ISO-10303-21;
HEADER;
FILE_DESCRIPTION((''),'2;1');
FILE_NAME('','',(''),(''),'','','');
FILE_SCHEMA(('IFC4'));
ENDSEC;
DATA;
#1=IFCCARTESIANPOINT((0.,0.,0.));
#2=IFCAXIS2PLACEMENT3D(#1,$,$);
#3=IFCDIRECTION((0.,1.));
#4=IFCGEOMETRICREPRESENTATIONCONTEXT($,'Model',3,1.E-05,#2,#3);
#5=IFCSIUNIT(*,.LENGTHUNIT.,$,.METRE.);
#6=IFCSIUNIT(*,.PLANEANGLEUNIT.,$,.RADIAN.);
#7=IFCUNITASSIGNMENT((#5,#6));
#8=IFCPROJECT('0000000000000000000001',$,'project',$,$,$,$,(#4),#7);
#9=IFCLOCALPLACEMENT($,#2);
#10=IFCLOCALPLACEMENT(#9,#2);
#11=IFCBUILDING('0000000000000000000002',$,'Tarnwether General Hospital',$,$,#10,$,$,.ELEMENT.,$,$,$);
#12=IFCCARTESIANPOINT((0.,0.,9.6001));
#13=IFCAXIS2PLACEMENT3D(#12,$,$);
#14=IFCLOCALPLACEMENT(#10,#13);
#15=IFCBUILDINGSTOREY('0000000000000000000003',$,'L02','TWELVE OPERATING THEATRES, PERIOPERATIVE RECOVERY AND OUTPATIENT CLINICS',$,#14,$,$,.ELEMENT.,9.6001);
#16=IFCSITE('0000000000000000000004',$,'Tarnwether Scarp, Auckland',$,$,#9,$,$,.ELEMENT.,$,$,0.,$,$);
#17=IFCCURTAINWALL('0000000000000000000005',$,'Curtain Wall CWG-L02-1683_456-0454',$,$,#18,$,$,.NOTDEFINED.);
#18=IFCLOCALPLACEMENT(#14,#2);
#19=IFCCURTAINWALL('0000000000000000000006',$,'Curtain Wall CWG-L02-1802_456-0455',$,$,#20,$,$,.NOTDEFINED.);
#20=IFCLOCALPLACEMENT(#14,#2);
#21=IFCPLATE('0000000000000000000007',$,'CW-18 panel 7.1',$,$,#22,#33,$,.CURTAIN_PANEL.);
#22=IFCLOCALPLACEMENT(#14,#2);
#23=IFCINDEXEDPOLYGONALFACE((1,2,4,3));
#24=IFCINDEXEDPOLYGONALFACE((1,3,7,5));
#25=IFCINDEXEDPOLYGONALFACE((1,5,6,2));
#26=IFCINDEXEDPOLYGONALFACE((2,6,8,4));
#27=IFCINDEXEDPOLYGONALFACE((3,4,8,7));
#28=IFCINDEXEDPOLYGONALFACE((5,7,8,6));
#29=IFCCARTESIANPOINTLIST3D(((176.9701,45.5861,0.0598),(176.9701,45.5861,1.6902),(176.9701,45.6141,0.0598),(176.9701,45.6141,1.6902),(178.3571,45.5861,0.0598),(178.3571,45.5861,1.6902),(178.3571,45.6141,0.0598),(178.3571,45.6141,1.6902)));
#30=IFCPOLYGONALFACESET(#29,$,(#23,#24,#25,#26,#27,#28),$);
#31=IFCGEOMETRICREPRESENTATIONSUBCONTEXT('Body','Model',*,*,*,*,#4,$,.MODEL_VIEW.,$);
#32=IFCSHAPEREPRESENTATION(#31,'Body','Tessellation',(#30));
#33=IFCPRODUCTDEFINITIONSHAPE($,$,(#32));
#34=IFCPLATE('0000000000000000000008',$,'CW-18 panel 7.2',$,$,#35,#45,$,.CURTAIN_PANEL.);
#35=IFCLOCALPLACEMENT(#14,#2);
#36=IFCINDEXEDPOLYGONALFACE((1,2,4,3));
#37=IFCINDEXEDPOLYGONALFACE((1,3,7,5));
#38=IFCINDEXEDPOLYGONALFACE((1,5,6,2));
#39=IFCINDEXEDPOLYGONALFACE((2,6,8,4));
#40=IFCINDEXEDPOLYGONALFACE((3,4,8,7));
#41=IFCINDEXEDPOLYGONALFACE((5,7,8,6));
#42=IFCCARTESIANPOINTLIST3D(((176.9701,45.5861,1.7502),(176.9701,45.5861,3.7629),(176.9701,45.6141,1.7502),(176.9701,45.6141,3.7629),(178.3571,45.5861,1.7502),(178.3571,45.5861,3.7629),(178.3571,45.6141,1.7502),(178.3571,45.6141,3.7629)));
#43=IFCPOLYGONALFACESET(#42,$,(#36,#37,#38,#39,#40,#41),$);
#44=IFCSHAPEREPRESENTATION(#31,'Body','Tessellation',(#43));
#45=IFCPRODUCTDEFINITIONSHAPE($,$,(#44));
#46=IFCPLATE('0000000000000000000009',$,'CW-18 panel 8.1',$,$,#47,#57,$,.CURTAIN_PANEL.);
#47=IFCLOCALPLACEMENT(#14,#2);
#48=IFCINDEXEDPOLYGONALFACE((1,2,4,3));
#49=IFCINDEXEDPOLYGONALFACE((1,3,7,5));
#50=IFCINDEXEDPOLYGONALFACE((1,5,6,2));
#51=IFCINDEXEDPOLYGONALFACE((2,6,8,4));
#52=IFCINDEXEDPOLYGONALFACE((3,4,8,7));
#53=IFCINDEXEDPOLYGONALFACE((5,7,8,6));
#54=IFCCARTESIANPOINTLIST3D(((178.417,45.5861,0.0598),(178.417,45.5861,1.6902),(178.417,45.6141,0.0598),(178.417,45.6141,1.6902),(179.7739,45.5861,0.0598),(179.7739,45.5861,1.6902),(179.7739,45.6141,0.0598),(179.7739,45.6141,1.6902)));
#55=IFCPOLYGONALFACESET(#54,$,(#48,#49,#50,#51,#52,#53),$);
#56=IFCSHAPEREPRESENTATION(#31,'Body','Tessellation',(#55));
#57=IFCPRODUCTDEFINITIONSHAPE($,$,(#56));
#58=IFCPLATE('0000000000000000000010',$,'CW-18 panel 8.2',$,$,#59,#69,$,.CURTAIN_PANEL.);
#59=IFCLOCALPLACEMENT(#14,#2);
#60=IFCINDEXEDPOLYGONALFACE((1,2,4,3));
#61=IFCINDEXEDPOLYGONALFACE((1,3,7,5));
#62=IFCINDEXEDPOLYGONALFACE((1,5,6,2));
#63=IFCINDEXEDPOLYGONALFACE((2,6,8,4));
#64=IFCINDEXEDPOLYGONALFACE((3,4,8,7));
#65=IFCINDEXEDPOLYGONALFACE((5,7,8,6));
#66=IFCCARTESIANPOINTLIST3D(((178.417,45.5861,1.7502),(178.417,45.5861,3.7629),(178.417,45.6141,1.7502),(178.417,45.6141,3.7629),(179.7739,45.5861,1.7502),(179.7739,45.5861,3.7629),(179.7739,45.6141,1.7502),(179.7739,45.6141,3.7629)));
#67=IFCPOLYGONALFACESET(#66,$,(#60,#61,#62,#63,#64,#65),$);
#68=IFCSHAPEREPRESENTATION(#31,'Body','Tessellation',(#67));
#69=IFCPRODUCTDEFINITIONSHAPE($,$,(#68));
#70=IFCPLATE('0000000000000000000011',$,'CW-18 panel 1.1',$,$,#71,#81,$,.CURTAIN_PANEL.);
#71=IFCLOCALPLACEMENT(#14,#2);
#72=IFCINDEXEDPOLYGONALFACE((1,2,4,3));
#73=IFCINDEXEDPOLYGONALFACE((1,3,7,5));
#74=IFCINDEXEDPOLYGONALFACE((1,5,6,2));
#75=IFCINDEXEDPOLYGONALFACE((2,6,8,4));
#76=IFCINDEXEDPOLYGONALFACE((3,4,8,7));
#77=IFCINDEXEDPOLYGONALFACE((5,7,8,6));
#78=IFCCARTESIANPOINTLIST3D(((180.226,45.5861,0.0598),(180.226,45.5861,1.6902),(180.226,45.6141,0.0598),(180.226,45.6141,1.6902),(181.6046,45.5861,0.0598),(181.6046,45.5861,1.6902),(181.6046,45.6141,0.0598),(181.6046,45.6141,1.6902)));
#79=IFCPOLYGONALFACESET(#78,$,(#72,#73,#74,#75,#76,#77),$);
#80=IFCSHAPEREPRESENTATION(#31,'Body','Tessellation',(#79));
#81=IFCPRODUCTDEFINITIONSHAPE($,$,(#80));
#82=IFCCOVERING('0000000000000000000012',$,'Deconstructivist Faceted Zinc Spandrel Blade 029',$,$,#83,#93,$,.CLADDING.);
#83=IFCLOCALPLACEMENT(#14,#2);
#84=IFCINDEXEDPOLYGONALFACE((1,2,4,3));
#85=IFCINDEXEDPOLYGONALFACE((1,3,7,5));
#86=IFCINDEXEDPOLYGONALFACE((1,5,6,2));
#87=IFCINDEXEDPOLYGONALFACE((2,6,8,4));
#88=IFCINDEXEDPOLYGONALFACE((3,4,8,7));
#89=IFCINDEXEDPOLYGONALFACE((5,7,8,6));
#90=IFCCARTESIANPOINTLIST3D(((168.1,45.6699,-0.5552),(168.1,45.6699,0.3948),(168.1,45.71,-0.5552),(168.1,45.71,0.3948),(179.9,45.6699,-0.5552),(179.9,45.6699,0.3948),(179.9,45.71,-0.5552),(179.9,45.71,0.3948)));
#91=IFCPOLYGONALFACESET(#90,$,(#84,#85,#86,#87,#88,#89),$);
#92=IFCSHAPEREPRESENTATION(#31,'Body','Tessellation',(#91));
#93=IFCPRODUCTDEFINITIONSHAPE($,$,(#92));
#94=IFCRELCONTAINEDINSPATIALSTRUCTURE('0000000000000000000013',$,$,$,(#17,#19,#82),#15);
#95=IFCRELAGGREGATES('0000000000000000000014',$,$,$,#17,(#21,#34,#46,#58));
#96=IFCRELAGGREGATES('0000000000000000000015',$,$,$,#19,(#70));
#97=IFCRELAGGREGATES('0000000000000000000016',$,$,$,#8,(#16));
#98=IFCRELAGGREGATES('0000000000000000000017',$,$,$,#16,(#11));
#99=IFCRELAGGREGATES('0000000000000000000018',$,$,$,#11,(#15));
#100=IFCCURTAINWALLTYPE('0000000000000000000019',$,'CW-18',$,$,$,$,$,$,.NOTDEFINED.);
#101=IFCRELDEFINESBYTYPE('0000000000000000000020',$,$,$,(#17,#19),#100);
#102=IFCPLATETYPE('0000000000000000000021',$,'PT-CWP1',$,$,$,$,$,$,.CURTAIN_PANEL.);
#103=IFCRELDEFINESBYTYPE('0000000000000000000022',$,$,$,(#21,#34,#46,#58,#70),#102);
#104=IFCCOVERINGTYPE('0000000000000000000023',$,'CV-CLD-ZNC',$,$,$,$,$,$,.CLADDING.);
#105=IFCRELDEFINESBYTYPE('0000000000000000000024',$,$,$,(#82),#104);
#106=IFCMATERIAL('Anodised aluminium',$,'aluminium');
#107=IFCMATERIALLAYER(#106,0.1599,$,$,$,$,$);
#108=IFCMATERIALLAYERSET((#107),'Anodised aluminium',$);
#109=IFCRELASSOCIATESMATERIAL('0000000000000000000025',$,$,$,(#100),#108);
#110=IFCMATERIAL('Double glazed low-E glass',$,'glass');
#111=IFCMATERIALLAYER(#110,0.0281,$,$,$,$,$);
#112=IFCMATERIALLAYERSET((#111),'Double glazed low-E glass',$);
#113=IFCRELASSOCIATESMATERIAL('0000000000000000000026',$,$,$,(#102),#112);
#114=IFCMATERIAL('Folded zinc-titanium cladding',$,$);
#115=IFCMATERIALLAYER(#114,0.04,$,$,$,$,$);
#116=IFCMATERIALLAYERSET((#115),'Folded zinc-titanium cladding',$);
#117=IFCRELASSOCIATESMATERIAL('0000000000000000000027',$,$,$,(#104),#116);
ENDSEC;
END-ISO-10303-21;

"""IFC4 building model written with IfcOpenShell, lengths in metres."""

from ifc_helpers import new_model, si_unit, direction, frame, origin, origin_2d, place, context, subcontext, project, spatial, rectangle, extrude, material, layer, layer_set, type_object, element, aggregate, save


model = new_model("IFC4")

# Units and contexts
model_context = context("Model", 3, precision=1e-05, world=origin(), true_north=direction((0.0, 1.0)))
body_context = subcontext(model_context, "Body", "Model", "MODEL_VIEW")
ifc_project = project(units=[si_unit("LENGTHUNIT", "METRE"), si_unit("PLANEANGLEUNIT", "RADIAN")], contexts=[model_context])

# Site, building, storey
site_placement = place(None, origin())
site = spatial("IfcSite", under=ifc_project, at=site_placement, Name="Tarnwether Scarp, Auckland", CompositionType="ELEMENT", RefElevation=0.0)
building_placement = place(site_placement, origin())
building = spatial("IfcBuilding", under=site, at=building_placement, Name="Tarnwether General Hospital", CompositionType="ELEMENT")
storey_placement = place(building_placement, frame((0.0, 0.0, 9.6001)))
storey = spatial("IfcBuildingStorey", under=building, at=storey_placement, Name="L02", Description="TWELVE OPERATING THEATRES, PERIOPERATIVE RECOVERY AND OUTPATIENT CLINICS", CompositionType="ELEMENT", Elevation=9.6001)

# Curtain wall
ifc_material_1 = material(Name="Anodised aluminium", Category="aluminium")
ifc_layer_1 = layer(ifc_material_1, 0.1599)
ifc_layer_set_1 = layer_set([ifc_layer_1], Name="Anodised aluminium")
curtain_wall_type = type_object("IfcCurtainWallType", Name="CW-18", PredefinedType="NOTDEFINED", material=ifc_layer_set_1)
curtain_wall_1_placement = place(storey_placement, origin())
curtain_wall_1 = element("IfcCurtainWall", 1, at=curtain_wall_1_placement, inside=storey, type_object=curtain_wall_type, Name="Curtain Wall CWG-L02-1683_456-0454", PredefinedType="NOTDEFINED")

# Curtain wall
curtain_wall_2_placement = place(storey_placement, origin())
curtain_wall_2 = element("IfcCurtainWall", 2, at=curtain_wall_2_placement, inside=storey, type_object=curtain_wall_type, Name="Curtain Wall CWG-L02-1802_456-0455", PredefinedType="NOTDEFINED")

# Plates
ifc_material_2 = material(Name="Double glazed low-E glass", Category="glass")
ifc_layer_2 = layer(ifc_material_2, 0.0281)
ifc_layer_set_2 = layer_set([ifc_layer_2], Name="Double glazed low-E glass")
plate_type = type_object("IfcPlateType", Name="PT-CWP1", PredefinedType="CURTAIN_PANEL", material=ifc_layer_set_2)
plate_1_placement = place(storey_placement, frame((177.6636, 45.6001, 0.0598), z_axis=(0.0, 0.0, 1.0), x_axis=(1.0, 0.0, 0.0)))
plate_1 = element("IfcPlate", 3, at=plate_1_placement, type_object=plate_type, Name="CW-18 panel 7.1", PredefinedType="CURTAIN_PANEL", context=body_context, shape_type="SweptSolid", body=[
    extrude(rectangle(XDim=1.387, YDim=0.0281, at=origin_2d()), origin(), (0.0, 0.0, 1.0), 1.6304),
])
plate_2_placement = place(storey_placement, frame((177.6636, 45.6001, 1.7502), z_axis=(0.0, 0.0, 1.0), x_axis=(1.0, 0.0, 0.0)))
plate_2 = element("IfcPlate", 4, at=plate_2_placement, type_object=plate_type, Name="CW-18 panel 7.2", PredefinedType="CURTAIN_PANEL", context=body_context, shape_type="SweptSolid", body=[
    extrude(rectangle(XDim=1.387, YDim=0.0281, at=origin_2d()), origin(), (0.0, 0.0, 1.0), 2.0127),
])
plate_3_placement = place(storey_placement, frame((179.0955, 45.6001, 0.0598), z_axis=(0.0, 0.0, 1.0), x_axis=(1.0, 0.0, 0.0)))
plate_3 = element("IfcPlate", 5, at=plate_3_placement, type_object=plate_type, Name="CW-18 panel 8.1", PredefinedType="CURTAIN_PANEL", context=body_context, shape_type="SweptSolid", body=[
    extrude(rectangle(XDim=1.3569, YDim=0.0281, at=origin_2d()), origin(), (0.0, 0.0, 1.0), 1.6304),
])
plate_4_placement = place(storey_placement, frame((179.0955, 45.6001, 1.7502), z_axis=(0.0, 0.0, 1.0), x_axis=(1.0, 0.0, 0.0)))
plate_4 = element("IfcPlate", 6, at=plate_4_placement, type_object=plate_type, Name="CW-18 panel 8.2", PredefinedType="CURTAIN_PANEL", context=body_context, shape_type="SweptSolid", body=[
    extrude(rectangle(XDim=1.3569, YDim=0.0281, at=origin_2d()), origin(), (0.0, 0.0, 1.0), 2.0127),
])
aggregate(curtain_wall_1, [plate_1, plate_2, plate_3, plate_4])
plate_5_placement = place(storey_placement, frame((180.9153, 45.6001, 0.0598), z_axis=(0.0, 0.0, 1.0), x_axis=(1.0, 0.0, 0.0)))
plate_5 = element("IfcPlate", 7, at=plate_5_placement, type_object=plate_type, Name="CW-18 panel 1.1", PredefinedType="CURTAIN_PANEL", context=body_context, shape_type="SweptSolid", body=[
    extrude(rectangle(XDim=1.3787, YDim=0.0281, at=origin_2d()), origin(), (0.0, 0.0, 1.0), 1.6304),
])
aggregate(curtain_wall_2, [plate_5])

# Covering
ifc_material_3 = material(Name="Folded zinc-titanium cladding")
ifc_layer_3 = layer(ifc_material_3, 0.04)
ifc_layer_set_3 = layer_set([ifc_layer_3], Name="Folded zinc-titanium cladding")
covering_type = type_object("IfcCoveringType", Name="CV-CLD-ZNC", PredefinedType="CLADDING", material=ifc_layer_set_3)
covering_placement = place(storey_placement, frame((174.0, 45.6899, -0.5552), z_axis=(0.0, 0.0, 1.0), x_axis=(1.0, 0.0, 0.0)))
element("IfcCovering", 8, at=covering_placement, inside=storey, type_object=covering_type, Name="Deconstructivist Faceted Zinc Spandrel Blade 029", PredefinedType="CLADDING", context=body_context, shape_type="SweptSolid", body=[
    extrude(rectangle(XDim=11.8, YDim=0.04, at=origin_2d()), origin(), (0.0, 0.0, 1.0), 0.95),
])

save(model, "model.ifc")
